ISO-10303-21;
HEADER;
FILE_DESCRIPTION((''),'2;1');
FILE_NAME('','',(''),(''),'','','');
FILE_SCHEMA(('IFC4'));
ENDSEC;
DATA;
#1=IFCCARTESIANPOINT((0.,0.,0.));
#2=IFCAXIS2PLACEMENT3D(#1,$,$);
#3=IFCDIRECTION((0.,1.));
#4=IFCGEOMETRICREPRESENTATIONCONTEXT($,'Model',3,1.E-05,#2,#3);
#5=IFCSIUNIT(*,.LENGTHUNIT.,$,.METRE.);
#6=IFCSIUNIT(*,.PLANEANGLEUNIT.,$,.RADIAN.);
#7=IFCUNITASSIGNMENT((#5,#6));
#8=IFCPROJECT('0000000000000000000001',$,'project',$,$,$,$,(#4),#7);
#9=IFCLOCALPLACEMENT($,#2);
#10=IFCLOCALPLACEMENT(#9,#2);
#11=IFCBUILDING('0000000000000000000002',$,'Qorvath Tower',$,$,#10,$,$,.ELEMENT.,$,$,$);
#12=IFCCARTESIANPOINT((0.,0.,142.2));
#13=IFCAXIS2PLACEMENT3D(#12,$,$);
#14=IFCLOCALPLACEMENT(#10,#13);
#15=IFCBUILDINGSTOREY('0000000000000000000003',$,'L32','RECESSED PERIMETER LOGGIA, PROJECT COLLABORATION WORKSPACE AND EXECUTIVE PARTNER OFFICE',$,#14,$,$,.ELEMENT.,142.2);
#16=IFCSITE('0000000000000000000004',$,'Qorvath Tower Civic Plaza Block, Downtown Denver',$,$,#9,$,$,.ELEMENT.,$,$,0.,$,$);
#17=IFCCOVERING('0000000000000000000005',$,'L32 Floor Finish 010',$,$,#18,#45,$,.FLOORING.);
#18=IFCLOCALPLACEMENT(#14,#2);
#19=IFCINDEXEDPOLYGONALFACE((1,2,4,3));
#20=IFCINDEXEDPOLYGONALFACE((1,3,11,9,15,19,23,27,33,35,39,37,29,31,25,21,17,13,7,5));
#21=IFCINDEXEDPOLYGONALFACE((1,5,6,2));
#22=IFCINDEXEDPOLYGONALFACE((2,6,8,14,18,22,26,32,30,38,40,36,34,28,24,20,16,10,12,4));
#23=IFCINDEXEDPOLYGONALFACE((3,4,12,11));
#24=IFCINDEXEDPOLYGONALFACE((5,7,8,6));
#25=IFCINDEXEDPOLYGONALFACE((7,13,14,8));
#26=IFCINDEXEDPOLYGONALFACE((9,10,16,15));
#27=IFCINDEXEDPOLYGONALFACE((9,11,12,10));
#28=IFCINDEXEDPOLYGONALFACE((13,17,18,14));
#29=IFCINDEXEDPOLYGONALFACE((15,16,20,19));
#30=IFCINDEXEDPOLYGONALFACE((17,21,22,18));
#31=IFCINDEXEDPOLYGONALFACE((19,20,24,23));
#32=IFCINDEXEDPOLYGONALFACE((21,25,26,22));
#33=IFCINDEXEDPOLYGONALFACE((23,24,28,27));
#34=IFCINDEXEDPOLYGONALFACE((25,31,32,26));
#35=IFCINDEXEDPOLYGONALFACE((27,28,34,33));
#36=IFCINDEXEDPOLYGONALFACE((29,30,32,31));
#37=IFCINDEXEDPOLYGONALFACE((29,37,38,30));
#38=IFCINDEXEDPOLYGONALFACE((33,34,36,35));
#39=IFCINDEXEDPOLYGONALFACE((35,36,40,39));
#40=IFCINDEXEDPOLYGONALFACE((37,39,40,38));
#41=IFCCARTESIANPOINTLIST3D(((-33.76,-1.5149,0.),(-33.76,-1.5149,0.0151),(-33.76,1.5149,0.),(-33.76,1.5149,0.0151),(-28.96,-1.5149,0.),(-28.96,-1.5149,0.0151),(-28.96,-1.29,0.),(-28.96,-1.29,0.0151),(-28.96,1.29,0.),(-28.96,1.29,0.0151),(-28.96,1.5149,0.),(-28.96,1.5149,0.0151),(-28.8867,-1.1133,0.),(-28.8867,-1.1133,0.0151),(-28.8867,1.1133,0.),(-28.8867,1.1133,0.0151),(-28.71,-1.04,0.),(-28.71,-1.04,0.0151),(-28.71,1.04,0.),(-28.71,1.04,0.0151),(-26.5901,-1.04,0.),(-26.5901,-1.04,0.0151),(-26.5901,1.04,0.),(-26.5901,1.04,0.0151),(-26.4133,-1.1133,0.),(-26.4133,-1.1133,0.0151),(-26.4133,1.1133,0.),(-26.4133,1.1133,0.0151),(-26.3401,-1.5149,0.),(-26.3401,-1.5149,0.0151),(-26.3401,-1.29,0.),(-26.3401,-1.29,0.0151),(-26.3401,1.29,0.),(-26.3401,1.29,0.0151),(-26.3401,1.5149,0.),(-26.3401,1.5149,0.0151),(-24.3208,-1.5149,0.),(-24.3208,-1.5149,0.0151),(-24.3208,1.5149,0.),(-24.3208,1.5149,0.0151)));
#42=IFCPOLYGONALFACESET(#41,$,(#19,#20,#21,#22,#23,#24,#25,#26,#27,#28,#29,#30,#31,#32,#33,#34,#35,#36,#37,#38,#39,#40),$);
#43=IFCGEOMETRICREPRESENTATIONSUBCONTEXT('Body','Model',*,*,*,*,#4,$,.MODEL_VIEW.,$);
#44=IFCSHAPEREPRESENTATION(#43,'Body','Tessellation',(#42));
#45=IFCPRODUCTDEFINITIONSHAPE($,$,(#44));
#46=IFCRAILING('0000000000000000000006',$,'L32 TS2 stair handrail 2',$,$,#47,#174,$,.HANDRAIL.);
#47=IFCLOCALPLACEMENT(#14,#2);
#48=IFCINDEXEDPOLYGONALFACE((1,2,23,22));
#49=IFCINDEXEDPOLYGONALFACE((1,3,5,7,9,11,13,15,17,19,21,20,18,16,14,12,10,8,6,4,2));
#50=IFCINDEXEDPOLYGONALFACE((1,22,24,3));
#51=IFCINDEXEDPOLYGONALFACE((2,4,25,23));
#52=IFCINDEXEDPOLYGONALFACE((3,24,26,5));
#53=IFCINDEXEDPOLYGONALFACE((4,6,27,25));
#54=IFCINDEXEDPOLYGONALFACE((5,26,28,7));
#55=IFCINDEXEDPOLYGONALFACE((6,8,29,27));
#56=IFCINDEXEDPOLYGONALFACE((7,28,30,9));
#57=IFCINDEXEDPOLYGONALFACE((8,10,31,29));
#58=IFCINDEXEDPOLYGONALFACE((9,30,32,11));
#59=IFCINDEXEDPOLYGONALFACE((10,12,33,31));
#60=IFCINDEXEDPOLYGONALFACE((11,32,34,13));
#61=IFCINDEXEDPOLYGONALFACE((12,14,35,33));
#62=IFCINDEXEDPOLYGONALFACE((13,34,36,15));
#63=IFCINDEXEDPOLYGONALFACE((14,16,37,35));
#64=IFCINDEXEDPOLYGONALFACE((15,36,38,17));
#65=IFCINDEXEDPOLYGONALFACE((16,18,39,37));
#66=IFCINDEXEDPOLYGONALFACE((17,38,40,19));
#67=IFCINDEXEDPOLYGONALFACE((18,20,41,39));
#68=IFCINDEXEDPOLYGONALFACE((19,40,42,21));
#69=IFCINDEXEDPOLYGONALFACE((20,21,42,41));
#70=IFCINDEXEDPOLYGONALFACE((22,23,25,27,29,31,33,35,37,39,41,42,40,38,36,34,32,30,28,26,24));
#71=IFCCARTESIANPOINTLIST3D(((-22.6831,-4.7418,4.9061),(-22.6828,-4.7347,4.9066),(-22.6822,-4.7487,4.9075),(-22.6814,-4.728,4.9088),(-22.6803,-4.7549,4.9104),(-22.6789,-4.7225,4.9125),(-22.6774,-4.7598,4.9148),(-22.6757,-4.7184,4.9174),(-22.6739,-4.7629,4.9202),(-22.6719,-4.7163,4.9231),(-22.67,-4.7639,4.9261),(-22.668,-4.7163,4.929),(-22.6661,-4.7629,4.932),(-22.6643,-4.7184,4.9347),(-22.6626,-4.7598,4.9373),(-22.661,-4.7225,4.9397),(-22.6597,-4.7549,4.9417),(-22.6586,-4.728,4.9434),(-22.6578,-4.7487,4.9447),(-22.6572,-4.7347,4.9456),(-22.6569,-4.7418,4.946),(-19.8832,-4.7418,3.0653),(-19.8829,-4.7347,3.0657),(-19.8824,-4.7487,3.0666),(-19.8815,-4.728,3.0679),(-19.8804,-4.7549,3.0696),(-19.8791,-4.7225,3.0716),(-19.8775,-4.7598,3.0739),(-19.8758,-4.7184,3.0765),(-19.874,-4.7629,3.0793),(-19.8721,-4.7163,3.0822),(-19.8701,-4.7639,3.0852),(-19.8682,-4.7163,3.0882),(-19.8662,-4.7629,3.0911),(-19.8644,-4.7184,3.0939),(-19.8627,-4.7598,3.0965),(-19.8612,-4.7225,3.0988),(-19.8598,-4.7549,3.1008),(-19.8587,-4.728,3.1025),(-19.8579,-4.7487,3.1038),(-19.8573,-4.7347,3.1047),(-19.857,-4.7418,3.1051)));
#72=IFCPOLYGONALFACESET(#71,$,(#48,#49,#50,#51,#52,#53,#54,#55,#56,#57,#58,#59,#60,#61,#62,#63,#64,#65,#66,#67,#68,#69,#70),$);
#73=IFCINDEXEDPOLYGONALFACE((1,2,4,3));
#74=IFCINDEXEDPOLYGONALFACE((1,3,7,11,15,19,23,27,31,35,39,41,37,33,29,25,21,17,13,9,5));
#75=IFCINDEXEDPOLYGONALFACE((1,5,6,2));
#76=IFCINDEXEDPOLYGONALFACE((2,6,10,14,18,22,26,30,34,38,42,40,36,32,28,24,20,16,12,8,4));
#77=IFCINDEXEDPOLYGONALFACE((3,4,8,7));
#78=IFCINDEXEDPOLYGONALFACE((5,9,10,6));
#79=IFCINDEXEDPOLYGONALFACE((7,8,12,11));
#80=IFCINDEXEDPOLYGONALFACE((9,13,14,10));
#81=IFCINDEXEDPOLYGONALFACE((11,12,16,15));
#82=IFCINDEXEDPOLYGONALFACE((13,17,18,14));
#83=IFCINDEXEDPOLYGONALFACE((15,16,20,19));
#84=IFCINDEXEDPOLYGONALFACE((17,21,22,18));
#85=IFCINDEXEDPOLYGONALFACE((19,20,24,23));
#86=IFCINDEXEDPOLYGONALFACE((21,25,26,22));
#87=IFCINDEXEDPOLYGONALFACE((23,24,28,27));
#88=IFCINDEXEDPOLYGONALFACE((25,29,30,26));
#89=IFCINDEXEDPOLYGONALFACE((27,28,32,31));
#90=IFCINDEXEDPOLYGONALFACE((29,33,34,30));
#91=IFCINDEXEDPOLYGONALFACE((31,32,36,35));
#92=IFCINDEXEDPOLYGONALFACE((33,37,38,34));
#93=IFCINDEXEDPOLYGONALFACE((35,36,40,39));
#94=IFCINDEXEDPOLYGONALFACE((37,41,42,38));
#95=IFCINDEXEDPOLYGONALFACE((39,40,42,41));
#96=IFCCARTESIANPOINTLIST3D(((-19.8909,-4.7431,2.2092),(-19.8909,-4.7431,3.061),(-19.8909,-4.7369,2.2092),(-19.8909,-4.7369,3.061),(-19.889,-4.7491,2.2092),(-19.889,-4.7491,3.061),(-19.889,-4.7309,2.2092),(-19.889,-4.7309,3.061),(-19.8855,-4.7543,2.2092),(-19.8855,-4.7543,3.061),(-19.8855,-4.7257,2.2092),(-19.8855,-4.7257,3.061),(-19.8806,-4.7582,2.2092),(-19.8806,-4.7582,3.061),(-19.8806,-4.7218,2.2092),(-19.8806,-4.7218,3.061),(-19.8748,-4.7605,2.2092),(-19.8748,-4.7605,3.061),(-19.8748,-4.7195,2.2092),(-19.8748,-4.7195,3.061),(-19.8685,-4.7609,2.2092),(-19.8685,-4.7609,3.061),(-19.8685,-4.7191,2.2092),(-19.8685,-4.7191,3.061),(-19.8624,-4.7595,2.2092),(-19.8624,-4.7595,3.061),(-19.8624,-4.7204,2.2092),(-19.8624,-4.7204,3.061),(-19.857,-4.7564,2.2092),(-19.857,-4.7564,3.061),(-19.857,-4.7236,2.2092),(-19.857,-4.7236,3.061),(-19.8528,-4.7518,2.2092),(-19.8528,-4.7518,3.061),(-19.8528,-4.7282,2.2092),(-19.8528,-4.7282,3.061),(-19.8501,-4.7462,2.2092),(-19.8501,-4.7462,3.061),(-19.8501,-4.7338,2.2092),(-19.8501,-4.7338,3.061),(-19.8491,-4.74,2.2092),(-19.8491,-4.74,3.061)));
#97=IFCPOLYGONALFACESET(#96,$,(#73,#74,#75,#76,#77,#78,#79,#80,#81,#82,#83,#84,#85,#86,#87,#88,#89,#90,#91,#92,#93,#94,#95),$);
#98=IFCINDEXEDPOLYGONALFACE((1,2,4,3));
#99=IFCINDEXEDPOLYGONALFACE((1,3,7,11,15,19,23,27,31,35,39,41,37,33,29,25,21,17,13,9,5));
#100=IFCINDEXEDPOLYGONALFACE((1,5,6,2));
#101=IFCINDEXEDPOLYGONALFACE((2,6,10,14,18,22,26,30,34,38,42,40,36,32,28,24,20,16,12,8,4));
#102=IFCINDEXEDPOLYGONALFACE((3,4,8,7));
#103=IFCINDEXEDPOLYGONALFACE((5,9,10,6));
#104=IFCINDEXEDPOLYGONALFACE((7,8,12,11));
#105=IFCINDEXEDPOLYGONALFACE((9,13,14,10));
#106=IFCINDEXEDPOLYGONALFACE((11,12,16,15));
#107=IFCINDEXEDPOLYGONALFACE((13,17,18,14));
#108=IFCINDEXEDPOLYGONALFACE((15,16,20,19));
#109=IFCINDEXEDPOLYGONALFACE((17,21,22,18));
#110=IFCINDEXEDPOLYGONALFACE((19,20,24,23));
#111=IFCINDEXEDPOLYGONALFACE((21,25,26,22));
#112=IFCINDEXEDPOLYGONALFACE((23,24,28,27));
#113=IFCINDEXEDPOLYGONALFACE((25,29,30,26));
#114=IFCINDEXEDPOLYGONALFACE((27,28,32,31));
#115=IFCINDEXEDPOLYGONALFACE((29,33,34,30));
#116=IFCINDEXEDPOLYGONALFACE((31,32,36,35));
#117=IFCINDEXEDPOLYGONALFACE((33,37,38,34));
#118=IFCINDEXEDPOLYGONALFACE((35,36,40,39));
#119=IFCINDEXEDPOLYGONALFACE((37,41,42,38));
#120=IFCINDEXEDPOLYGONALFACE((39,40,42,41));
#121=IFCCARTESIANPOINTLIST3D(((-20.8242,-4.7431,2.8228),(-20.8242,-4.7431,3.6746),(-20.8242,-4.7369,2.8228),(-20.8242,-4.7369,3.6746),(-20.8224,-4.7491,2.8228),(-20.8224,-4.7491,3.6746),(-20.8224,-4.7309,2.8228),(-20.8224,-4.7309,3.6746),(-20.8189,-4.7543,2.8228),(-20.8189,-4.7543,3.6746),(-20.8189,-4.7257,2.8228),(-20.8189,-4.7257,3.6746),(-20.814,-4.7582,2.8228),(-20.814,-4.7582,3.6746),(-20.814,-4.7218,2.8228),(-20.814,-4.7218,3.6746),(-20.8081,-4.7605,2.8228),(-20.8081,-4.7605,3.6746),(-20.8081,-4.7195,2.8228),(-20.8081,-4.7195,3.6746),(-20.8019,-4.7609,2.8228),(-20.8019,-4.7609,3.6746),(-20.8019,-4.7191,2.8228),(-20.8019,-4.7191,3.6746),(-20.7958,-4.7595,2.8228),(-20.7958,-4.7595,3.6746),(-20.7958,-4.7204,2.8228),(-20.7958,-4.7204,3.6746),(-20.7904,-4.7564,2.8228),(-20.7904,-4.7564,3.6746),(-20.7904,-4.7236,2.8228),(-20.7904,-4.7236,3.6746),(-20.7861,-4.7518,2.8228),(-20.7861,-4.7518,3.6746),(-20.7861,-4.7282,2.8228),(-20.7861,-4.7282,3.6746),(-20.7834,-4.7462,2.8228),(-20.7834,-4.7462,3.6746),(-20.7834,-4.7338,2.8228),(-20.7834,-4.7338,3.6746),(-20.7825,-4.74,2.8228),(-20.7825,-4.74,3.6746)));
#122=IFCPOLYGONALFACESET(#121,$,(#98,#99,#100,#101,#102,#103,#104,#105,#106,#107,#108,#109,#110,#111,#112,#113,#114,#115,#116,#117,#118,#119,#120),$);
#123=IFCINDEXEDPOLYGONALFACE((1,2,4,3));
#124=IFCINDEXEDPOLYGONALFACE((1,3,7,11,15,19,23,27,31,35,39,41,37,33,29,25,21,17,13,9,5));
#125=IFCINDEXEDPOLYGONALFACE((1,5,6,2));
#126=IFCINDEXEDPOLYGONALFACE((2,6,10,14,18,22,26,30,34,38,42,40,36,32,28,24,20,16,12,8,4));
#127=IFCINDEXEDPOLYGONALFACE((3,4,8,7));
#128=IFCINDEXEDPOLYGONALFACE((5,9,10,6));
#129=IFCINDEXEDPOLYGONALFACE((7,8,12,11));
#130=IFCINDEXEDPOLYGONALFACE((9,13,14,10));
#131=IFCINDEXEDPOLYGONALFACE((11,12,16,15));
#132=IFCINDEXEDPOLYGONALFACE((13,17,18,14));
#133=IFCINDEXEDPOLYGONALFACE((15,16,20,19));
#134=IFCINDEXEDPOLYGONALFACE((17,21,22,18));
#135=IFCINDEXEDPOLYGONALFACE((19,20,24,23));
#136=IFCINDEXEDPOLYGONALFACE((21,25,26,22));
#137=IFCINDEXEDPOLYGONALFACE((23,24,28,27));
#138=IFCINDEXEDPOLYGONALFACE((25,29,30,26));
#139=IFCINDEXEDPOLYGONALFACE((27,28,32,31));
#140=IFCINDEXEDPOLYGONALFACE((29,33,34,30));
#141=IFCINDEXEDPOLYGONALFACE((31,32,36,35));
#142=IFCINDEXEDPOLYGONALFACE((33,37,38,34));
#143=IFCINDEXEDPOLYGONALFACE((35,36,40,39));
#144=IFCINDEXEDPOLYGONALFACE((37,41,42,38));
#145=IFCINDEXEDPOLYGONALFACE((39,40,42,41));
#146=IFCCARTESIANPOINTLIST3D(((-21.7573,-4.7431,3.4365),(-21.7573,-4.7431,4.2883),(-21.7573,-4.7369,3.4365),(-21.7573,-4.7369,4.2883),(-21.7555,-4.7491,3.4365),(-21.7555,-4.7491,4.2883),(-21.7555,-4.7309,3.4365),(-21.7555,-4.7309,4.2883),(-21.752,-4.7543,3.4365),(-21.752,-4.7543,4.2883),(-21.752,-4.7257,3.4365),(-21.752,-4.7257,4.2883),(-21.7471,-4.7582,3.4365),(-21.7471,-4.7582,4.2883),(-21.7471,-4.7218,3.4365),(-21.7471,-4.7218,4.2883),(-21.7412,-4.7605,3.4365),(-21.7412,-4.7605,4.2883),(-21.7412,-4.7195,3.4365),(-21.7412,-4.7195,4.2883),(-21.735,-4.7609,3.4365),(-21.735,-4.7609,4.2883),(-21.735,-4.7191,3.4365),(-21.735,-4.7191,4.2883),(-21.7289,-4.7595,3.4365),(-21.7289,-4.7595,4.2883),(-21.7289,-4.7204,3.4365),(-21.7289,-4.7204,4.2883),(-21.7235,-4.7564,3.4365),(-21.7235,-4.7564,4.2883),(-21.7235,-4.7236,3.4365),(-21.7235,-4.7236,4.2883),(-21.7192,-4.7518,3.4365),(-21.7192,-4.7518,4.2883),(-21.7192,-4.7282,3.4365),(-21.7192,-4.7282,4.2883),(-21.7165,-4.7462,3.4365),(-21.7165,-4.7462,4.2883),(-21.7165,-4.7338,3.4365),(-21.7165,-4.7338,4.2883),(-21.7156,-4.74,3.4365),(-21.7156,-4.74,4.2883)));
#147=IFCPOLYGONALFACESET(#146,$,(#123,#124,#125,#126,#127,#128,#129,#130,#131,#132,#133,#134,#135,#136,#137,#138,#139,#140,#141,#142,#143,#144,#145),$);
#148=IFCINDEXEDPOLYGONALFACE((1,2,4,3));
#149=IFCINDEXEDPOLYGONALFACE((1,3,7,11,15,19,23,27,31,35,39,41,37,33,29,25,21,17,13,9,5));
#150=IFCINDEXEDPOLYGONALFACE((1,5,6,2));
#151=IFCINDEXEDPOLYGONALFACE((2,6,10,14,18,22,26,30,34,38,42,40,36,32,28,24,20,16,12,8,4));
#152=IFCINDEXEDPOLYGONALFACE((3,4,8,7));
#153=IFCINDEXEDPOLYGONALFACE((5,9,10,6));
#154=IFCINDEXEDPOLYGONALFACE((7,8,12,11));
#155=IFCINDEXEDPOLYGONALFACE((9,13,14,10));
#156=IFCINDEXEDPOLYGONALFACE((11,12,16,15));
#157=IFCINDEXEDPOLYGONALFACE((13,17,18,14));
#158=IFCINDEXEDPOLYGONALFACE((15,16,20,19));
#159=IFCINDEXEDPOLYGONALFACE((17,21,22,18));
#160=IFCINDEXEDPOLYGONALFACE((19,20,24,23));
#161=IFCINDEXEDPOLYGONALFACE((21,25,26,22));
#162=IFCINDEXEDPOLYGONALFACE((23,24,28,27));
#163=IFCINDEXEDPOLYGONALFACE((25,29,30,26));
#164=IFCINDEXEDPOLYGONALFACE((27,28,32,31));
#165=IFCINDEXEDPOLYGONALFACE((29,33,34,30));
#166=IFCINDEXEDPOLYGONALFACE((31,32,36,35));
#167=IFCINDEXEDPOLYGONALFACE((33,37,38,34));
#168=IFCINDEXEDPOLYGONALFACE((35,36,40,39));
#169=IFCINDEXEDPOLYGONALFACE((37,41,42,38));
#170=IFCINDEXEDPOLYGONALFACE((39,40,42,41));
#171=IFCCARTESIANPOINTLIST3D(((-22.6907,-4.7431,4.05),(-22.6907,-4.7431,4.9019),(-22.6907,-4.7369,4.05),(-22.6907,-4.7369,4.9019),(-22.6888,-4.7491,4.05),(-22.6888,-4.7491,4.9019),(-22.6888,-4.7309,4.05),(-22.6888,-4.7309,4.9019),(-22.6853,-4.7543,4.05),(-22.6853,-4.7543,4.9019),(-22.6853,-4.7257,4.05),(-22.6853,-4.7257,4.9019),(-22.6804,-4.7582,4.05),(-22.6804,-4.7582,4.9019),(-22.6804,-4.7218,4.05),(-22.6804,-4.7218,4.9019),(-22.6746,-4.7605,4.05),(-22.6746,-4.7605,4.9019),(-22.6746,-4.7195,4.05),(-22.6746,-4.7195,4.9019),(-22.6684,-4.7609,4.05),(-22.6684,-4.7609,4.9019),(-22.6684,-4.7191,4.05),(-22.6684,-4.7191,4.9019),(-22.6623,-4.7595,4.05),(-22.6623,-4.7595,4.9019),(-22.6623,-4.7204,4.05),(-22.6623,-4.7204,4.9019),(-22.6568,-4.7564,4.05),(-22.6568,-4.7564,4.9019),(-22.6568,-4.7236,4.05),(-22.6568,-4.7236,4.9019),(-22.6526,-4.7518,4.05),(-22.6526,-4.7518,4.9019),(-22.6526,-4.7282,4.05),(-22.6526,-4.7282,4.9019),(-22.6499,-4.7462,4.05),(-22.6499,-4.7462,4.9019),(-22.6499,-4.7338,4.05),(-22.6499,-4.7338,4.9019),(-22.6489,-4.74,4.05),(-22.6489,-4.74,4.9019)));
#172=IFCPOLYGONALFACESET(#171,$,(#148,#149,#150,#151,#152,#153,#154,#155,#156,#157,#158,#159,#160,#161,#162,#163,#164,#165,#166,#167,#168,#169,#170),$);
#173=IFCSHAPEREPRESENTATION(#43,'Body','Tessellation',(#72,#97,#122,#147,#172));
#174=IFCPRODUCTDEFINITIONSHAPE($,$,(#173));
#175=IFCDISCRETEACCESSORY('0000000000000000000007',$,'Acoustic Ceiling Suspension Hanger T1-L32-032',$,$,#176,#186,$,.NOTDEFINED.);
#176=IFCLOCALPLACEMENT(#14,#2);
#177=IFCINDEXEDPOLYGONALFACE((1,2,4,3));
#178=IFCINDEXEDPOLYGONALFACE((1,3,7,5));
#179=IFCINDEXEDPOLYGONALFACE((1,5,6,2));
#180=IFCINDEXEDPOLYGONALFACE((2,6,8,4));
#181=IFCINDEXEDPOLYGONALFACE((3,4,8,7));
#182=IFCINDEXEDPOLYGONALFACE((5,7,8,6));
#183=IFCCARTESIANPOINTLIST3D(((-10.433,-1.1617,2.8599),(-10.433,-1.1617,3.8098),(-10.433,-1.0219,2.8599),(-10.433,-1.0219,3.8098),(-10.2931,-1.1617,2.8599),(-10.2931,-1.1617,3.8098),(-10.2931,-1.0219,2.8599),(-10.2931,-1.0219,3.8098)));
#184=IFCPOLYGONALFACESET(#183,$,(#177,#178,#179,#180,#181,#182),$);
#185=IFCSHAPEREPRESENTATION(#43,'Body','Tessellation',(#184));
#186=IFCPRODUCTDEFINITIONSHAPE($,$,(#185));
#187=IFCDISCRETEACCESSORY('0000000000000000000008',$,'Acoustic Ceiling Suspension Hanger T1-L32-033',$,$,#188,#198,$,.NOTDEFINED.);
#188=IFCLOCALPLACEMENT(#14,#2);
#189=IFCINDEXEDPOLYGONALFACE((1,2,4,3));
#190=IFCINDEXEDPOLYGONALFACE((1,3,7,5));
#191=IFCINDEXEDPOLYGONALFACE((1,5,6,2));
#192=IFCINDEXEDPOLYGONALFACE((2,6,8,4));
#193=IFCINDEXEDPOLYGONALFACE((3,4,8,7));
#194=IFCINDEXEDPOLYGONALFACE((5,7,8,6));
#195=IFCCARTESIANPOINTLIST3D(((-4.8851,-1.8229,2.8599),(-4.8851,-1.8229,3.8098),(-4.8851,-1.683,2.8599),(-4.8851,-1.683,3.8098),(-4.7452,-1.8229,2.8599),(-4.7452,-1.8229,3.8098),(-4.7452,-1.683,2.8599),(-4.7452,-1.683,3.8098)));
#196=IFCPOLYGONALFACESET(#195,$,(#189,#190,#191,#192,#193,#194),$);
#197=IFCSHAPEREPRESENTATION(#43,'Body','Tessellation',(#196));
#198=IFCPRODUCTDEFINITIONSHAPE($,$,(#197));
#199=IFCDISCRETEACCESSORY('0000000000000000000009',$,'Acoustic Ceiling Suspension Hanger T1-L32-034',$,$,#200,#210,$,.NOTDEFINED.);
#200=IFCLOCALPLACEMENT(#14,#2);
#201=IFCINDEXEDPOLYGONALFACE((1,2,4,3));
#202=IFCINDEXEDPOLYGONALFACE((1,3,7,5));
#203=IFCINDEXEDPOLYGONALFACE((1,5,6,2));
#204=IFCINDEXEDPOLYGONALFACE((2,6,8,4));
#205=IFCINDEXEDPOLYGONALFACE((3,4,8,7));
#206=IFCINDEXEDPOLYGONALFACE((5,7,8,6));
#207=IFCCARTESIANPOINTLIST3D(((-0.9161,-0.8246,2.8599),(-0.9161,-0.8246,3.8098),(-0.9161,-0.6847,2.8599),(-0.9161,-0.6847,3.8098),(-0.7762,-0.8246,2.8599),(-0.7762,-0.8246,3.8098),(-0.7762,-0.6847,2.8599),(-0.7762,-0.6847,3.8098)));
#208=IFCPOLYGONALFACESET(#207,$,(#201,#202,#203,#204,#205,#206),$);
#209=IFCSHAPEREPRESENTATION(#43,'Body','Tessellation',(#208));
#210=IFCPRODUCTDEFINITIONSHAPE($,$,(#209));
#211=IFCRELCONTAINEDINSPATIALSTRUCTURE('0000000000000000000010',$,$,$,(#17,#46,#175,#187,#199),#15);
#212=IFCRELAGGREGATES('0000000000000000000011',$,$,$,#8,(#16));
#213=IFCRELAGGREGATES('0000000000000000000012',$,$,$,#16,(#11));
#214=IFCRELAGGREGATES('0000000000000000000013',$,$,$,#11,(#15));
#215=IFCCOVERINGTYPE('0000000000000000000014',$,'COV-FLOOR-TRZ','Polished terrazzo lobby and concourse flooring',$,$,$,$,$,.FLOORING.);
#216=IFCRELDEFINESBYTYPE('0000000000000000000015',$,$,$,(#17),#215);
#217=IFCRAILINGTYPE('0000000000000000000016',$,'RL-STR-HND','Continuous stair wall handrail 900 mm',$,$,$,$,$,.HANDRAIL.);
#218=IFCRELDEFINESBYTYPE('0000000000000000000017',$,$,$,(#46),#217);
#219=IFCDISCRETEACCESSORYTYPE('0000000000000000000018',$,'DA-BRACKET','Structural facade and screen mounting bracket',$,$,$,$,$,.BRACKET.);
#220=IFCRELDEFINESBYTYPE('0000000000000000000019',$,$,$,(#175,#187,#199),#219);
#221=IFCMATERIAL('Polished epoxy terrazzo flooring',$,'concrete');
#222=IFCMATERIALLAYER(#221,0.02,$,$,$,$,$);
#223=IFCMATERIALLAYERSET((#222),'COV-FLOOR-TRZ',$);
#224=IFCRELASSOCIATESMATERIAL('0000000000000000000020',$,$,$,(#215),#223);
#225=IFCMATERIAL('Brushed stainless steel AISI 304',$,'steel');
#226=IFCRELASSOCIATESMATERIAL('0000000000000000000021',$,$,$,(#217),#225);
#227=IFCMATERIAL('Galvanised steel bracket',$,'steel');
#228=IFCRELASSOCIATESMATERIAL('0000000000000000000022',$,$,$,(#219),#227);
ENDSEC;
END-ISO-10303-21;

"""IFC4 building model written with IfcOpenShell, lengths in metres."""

from ifc_helpers import new_model, si_unit, direction, frame, origin, origin_2d, place, context, subcontext, project, spatial, polyline, rectangle, circle, outline, extrude, material, layer, layer_set, type_object, element, save


model = new_model("IFC4")

# Units and contexts
model_context = context("Model", 3, precision=1e-05, world=origin(), true_north=direction((0.0, 1.0)))
body_context = subcontext(model_context, "Body", "Model", "MODEL_VIEW")
ifc_project = project(units=[si_unit("LENGTHUNIT", "METRE"), si_unit("PLANEANGLEUNIT", "RADIAN")], contexts=[model_context])

# Site, building, storey
site_placement = place(None, origin())
site = spatial("IfcSite", under=ifc_project, at=site_placement, Name="Qorvath Tower Civic Plaza Block, Downtown Denver", CompositionType="ELEMENT", RefElevation=0.0)
building_placement = place(site_placement, origin())
building = spatial("IfcBuilding", under=site, at=building_placement, Name="Qorvath Tower", CompositionType="ELEMENT")
storey_placement = place(building_placement, frame((0.0, 0.0, 142.2)))
storey = spatial("IfcBuildingStorey", under=building, at=storey_placement, Name="L32", Description="RECESSED PERIMETER LOGGIA, PROJECT COLLABORATION WORKSPACE AND EXECUTIVE PARTNER OFFICE", CompositionType="ELEMENT", Elevation=142.2)

# Covering
ifc_material_1 = material(Name="Polished epoxy terrazzo flooring", Category="concrete")
ifc_layer_1 = layer(ifc_material_1, 0.02)
ifc_layer_set_1 = layer_set([ifc_layer_1], Name="COV-FLOOR-TRZ")
covering_type_1 = type_object("IfcCoveringType", Name="COV-FLOOR-TRZ", Description="Polished terrazzo lobby and concourse flooring", PredefinedType="FLOORING", material=ifc_layer_set_1)
covering_1_placement = place(storey_placement, origin())
element("IfcCovering", 1, at=covering_1_placement, inside=storey, type_object=covering_type_1, Name="L32 Floor Finish 010", PredefinedType="FLOORING", context=body_context, shape_type="SweptSolid", body=[
    extrude(outline(polyline([(-24.3208, -1.5149), (-24.3208, 1.5149), (-26.3401, 1.5149), (-26.3401, 1.29), (-26.4133, 1.1133), (-26.5901, 1.04), (-28.71, 1.04), (-28.8867, 1.1133), (-28.96, 1.29), (-28.96, 1.5149), (-33.76, 1.5149), (-33.76, -1.5149), (-28.96, -1.5149), (-28.96, -1.29), (-28.8867, -1.1133), (-28.71, -1.04), (-26.5901, -1.04), (-26.4133, -1.1133), (-26.3401, -1.29), (-26.3401, -1.5149), (-24.3208, -1.5149)])), origin(), (0.0, 0.0, 1.0), 0.0151),
])

# Railing
ifc_material_2 = material(Name="Brushed stainless steel AISI 304", Category="steel")
railing_type = type_object("IfcRailingType", Name="RL-STR-HND", Description="Continuous stair wall handrail 900 mm", PredefinedType="HANDRAIL", material=ifc_material_2)
railing_placement = place(storey_placement, frame((-19.8701, -4.74, 2.2092)))
element("IfcRailing", 2, at=railing_placement, inside=storey, type_object=railing_type, Name="L32 TS2 stair handrail 2", PredefinedType="HANDRAIL", context=body_context, shape_type="SweptSolid", body=[
    extrude(circle(Radius=0.0239, at=origin_2d()), frame((0.0, 0.0, 0.876), z_axis=(-0.835576, 0.0, 0.549376), x_axis=(0.0, -1.0, 0.0)), (0.0, 0.0, 1.0), 3.3508),
    extrude(circle(Radius=0.021, at=origin_2d()), origin(), (0.0, 0.0, 1.0), 0.8518),
    extrude(circle(Radius=0.021, at=origin_2d()), frame((-0.9333, 0.0, 0.6135)), (0.0, 0.0, 1.0), 0.8518),
    extrude(circle(Radius=0.021, at=origin_2d()), frame((-1.8665, 0.0, 1.2273)), (0.0, 0.0, 1.0), 0.8518),
    extrude(circle(Radius=0.021, at=origin_2d()), frame((-2.7998, 0.0, 1.8408)), (0.0, 0.0, 1.0), 0.8518),
])

# Discrete accessories
ifc_material_3 = material(Name="Galvanised steel bracket", Category="steel")
discrete_accessory_type = type_object("IfcDiscreteAccessoryType", Name="DA-BRACKET", Description="Structural facade and screen mounting bracket", PredefinedType="BRACKET", material=ifc_material_3)
for number, where, z_axis, x_axis, name in (
    (3, (-10.363, -1.0918, 2.8599), (0.0, 0.0, 1.0), (1.0, 0.0, 0.0), "Acoustic Ceiling Suspension Hanger T1-L32-032"),
    (4, (-4.8152, -1.7529, 2.8599), (0.0, 0.0, 1.0), (1.0, 0.0, 0.0), "Acoustic Ceiling Suspension Hanger T1-L32-033"),
    (5, (-0.8462, -0.7546, 2.8599), (0.0, 0.0, 1.0), (1.0, 0.0, 0.0), "Acoustic Ceiling Suspension Hanger T1-L32-034"),
):
    element("IfcDiscreteAccessory", number, at=place(storey_placement, frame(where, z_axis=z_axis, x_axis=x_axis)), inside=storey, type_object=discrete_accessory_type, Name=name, PredefinedType="NOTDEFINED", context=body_context, shape_type="SweptSolid", body=[
        extrude(rectangle(XDim=0.1399, YDim=0.1399, at=origin_2d()), origin(), (0.0, 0.0, 1.0), 0.95),
    ])

save(model, "model.ifc")
